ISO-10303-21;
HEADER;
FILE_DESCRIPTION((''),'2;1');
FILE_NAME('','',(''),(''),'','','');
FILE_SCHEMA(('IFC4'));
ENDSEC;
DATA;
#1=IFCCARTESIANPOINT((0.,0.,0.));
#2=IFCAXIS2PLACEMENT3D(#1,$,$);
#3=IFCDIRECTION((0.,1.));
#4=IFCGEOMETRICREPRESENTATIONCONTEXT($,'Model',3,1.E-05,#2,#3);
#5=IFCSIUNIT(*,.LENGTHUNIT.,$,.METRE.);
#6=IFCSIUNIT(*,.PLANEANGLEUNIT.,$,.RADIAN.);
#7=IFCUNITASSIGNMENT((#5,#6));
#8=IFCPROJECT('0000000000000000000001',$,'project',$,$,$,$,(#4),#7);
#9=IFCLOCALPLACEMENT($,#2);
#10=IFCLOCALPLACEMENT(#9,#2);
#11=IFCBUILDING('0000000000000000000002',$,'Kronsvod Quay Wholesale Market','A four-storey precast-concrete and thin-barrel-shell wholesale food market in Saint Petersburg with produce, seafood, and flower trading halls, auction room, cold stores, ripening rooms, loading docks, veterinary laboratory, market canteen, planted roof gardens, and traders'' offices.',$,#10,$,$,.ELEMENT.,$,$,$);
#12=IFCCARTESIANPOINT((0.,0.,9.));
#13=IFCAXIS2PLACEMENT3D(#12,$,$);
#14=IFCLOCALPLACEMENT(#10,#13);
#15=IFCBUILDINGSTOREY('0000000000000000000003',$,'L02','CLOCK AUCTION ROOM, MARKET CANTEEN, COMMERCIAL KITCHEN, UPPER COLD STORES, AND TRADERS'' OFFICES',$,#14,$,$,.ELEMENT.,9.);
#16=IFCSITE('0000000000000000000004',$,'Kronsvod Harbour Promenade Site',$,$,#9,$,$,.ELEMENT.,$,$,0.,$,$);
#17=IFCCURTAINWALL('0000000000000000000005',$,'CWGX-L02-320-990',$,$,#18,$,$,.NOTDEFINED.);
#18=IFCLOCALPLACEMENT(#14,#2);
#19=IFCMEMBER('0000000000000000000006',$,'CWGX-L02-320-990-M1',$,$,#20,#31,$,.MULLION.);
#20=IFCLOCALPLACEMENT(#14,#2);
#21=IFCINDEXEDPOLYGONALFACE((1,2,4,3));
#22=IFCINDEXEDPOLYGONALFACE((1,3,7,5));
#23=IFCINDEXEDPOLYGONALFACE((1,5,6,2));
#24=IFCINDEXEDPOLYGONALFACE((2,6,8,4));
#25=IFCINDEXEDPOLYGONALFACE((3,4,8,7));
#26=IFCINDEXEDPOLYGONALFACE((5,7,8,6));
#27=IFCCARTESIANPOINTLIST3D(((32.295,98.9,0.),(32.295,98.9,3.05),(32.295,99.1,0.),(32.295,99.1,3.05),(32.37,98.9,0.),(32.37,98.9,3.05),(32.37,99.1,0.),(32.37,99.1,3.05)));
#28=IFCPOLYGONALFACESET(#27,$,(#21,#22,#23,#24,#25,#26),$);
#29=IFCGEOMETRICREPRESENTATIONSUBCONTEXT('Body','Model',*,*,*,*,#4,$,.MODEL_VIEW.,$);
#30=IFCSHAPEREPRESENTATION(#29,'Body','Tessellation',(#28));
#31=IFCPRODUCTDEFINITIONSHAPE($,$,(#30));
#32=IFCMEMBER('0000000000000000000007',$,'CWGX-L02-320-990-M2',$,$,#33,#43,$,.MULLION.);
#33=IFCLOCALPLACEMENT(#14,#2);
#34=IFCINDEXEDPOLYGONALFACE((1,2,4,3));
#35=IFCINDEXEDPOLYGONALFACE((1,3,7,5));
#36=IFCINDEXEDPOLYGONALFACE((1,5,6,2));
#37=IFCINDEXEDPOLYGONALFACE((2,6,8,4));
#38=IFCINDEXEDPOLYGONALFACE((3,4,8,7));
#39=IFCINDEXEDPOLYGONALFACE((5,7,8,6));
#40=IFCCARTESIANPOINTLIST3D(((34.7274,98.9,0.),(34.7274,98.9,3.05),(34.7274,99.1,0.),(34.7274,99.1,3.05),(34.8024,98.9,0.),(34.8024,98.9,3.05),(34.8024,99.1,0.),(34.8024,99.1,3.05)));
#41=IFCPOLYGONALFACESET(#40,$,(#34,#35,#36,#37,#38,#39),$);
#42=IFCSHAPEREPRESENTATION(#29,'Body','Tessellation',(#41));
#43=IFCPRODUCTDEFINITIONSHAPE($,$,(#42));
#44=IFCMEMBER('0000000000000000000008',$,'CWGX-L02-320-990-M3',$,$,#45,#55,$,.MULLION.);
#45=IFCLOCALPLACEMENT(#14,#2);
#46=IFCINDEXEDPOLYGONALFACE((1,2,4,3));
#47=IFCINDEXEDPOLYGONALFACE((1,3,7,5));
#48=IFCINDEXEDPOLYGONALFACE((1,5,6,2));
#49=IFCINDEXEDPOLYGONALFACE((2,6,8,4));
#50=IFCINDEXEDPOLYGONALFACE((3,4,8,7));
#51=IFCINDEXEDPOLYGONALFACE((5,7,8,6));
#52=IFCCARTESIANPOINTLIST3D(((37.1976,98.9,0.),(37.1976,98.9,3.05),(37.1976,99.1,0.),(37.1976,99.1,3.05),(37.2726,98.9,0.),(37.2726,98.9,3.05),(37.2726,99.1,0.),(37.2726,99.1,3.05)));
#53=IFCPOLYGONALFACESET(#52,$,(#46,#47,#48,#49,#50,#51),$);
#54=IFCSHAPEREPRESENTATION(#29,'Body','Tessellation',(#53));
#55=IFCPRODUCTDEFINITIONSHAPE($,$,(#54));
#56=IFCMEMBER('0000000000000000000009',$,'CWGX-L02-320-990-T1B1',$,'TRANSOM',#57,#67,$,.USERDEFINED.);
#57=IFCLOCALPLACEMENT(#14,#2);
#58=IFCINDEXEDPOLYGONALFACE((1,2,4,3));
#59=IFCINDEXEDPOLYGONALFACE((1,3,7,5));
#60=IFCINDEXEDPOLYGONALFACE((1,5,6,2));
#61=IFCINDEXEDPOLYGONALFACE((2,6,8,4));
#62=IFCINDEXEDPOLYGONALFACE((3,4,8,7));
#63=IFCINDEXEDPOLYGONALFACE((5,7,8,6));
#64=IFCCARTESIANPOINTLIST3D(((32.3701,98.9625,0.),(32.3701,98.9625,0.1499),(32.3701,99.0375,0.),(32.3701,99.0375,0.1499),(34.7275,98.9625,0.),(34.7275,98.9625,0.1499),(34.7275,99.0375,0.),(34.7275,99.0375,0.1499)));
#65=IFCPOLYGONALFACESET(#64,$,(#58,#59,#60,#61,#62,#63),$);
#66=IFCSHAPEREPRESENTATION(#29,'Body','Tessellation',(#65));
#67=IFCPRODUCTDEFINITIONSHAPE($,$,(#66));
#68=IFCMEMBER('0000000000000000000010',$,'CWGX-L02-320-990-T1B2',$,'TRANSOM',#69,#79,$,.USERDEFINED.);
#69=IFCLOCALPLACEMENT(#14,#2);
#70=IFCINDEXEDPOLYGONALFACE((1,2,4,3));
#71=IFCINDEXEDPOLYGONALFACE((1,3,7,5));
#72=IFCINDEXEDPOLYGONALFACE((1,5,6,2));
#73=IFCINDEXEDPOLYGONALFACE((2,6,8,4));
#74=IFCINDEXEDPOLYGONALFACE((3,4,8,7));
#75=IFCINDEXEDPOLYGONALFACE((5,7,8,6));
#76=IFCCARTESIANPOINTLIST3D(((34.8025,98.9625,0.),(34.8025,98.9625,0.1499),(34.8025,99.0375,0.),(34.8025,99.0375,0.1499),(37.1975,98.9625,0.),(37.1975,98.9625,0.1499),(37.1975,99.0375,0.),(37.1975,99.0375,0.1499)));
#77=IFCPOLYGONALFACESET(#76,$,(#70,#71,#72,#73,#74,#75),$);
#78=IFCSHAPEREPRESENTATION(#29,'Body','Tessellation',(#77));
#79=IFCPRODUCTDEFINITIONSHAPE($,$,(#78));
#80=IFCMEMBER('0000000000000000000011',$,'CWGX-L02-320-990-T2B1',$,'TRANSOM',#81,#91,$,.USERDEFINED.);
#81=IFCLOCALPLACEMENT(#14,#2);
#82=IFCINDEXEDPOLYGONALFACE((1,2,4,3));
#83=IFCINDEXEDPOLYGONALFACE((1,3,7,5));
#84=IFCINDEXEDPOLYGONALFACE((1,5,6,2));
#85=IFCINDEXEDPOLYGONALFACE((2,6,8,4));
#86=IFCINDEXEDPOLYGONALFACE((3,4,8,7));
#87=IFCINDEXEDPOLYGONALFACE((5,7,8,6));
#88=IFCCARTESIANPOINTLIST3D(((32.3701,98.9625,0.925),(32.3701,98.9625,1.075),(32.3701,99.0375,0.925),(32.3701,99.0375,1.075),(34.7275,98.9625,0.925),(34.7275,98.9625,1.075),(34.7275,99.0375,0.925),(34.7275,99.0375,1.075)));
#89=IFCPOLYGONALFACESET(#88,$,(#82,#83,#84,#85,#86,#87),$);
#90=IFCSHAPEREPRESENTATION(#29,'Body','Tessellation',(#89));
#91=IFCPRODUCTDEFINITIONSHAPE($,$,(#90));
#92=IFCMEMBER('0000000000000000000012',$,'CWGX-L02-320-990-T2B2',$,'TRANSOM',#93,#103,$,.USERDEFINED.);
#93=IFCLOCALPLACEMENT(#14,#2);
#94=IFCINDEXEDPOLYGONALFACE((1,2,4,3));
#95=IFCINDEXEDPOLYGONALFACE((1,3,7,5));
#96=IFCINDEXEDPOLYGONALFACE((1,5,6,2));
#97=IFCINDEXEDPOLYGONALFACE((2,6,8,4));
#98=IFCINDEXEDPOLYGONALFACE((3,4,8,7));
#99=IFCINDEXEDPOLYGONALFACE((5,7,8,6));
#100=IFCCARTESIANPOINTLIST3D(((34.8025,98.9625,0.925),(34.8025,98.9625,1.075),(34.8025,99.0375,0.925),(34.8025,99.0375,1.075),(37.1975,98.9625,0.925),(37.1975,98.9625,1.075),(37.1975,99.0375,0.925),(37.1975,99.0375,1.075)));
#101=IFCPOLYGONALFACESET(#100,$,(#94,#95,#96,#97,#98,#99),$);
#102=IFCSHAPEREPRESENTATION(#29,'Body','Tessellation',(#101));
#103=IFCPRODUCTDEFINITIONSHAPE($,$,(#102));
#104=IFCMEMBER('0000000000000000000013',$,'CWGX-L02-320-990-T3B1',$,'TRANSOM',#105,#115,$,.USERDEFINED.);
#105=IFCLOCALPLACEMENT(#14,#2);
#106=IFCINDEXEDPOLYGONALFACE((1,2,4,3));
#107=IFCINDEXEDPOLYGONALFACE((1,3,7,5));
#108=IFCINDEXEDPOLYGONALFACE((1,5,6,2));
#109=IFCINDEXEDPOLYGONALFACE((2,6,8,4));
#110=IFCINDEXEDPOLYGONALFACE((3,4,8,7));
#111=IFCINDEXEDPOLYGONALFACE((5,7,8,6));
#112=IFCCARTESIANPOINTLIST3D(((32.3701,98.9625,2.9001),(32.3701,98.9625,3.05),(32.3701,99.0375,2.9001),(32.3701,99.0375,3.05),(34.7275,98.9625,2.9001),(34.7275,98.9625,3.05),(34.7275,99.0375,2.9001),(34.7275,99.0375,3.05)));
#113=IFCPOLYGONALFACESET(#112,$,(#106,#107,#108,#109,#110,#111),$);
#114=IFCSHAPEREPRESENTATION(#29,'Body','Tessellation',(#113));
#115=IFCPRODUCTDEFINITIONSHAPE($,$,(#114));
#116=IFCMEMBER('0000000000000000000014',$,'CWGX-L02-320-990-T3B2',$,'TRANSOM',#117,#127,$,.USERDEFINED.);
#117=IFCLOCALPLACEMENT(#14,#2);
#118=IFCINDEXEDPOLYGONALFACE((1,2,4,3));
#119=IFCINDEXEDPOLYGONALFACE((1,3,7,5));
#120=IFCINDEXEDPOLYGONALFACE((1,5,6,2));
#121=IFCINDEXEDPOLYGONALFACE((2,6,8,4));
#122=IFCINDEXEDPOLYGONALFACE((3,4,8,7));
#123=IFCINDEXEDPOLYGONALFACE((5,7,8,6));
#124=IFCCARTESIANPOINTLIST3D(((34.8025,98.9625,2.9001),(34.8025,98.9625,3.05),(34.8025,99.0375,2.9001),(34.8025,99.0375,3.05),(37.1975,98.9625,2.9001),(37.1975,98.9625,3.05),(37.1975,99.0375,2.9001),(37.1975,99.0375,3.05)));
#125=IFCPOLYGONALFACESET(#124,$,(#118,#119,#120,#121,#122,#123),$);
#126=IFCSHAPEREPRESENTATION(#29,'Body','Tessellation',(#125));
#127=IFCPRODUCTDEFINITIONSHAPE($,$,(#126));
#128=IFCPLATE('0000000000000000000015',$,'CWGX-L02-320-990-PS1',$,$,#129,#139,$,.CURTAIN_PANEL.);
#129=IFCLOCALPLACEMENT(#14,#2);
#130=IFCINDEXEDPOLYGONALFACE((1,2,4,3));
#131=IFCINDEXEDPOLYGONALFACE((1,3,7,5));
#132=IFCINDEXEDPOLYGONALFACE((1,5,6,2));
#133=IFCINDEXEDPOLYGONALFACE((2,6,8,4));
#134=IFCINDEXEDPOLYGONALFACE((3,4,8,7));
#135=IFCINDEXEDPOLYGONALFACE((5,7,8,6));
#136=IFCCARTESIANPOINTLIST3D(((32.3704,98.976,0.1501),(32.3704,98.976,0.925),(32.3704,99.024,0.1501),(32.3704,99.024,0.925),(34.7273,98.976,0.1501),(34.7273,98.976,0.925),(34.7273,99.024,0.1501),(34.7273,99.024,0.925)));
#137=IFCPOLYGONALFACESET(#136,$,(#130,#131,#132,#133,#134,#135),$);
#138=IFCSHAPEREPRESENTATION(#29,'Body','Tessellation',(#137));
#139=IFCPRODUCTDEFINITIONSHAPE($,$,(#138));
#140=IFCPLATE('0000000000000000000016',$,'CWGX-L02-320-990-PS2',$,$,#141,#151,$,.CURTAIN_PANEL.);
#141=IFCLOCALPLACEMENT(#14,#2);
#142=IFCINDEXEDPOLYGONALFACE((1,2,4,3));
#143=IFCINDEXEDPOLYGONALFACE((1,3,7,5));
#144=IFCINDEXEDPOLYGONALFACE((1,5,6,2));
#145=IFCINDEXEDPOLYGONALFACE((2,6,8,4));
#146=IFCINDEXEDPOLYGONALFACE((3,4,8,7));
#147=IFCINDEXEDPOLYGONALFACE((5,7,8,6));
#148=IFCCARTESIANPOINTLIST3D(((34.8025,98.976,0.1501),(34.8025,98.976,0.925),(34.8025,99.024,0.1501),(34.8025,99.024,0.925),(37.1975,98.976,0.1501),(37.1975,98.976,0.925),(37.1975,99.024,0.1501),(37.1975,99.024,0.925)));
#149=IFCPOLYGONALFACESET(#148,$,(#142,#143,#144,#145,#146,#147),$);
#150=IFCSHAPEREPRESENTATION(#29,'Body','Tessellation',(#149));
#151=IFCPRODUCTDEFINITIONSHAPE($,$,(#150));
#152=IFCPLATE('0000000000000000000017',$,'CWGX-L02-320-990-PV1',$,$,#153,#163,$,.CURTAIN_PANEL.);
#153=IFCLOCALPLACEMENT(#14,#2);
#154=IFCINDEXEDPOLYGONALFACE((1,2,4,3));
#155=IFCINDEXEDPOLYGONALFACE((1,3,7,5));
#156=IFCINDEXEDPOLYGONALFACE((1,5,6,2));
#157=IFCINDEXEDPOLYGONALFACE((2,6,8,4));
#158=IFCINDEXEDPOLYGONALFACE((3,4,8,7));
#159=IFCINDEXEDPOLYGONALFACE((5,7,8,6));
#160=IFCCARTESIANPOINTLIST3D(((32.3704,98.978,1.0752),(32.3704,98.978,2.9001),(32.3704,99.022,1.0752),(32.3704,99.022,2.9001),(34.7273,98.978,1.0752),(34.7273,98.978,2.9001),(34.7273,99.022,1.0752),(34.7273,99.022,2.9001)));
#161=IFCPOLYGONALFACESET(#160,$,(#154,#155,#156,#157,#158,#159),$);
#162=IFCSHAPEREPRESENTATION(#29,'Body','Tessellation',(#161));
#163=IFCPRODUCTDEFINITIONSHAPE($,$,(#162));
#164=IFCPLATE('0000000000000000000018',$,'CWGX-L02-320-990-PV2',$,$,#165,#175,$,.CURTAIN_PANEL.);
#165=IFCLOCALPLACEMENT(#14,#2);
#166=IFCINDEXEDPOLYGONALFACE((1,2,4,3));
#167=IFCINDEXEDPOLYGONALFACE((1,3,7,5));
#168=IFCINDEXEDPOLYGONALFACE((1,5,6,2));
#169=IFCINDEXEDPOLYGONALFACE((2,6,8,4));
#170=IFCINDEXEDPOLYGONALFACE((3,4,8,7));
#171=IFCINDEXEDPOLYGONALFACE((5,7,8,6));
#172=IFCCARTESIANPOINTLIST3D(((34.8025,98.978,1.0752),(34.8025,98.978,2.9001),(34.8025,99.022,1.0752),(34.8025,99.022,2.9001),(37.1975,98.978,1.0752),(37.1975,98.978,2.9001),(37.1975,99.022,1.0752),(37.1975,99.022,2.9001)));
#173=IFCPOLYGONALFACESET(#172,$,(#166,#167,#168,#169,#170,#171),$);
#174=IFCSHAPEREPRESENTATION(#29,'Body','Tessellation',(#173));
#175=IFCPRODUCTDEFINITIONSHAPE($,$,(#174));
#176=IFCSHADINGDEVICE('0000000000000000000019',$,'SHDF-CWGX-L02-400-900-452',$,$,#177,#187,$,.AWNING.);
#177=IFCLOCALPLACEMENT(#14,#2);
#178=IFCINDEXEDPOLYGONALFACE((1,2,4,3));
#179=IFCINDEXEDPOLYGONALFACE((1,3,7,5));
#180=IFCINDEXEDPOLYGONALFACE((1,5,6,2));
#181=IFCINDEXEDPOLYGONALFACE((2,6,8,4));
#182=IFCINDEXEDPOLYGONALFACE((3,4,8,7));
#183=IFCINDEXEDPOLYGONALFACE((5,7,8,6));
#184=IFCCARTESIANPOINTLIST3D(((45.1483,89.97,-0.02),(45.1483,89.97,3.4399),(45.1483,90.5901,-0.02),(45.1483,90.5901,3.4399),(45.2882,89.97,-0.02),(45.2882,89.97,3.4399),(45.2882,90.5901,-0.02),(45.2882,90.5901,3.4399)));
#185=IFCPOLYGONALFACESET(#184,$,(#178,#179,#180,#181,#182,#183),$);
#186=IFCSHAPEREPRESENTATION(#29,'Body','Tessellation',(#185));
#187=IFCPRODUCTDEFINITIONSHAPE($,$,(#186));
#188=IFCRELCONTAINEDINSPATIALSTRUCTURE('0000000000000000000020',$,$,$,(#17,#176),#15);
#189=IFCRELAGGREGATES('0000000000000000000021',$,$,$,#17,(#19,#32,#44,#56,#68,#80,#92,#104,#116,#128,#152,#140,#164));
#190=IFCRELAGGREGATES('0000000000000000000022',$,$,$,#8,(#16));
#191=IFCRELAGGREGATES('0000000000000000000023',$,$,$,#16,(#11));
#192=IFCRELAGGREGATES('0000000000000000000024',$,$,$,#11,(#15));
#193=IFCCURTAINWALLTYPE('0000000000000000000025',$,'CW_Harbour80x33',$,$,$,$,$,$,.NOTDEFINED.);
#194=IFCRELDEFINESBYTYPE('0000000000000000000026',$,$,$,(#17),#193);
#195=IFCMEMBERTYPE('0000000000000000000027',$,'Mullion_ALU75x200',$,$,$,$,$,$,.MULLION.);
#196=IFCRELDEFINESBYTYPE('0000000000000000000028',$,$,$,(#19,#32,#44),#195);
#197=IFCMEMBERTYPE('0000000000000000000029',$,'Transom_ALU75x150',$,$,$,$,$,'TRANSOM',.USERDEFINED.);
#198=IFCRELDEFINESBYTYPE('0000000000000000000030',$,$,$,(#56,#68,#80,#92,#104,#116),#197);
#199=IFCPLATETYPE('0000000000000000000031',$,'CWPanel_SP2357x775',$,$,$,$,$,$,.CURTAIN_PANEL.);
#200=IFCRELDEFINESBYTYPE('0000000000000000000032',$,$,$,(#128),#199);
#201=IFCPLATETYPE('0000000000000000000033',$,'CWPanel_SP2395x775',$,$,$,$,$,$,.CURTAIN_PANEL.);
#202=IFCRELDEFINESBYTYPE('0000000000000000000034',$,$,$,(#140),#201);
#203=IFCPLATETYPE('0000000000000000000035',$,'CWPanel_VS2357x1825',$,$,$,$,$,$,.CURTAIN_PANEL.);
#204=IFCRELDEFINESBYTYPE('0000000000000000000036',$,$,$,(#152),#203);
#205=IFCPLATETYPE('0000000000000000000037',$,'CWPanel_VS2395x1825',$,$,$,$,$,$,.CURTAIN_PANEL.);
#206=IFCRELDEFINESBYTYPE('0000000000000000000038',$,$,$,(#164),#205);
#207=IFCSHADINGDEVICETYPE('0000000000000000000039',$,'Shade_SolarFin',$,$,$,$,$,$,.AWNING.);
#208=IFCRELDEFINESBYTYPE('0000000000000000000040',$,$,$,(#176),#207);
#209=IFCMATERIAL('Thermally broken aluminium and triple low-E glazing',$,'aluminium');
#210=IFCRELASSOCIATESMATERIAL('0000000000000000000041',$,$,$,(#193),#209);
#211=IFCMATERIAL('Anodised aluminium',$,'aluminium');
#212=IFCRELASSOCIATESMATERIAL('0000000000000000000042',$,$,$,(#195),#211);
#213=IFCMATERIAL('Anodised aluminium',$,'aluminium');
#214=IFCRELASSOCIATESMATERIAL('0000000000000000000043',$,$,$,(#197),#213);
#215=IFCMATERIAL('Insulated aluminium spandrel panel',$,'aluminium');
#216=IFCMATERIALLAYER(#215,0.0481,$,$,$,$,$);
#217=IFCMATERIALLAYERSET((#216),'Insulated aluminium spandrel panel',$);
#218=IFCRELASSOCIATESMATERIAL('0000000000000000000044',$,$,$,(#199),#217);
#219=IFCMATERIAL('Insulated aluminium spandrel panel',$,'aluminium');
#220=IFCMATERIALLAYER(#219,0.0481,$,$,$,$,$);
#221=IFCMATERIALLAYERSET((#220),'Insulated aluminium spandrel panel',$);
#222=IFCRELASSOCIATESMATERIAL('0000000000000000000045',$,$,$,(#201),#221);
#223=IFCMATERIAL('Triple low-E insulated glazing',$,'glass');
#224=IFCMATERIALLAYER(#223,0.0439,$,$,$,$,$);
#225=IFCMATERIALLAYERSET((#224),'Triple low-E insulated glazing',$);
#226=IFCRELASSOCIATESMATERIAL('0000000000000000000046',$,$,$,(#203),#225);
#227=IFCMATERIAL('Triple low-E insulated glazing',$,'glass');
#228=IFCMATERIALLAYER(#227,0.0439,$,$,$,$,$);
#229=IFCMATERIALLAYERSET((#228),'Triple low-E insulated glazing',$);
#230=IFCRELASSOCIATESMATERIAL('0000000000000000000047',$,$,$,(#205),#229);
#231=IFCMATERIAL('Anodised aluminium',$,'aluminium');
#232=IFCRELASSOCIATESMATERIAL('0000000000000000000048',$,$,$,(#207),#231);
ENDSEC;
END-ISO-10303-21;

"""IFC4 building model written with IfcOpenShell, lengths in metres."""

from ifc_helpers import new_model, si_unit, direction, frame, origin, origin_2d, place, context, subcontext, project, spatial, rectangle, extrude, material, layer, layer_set, material_profile, profile_set, type_object, element, aggregate, save


model = new_model("IFC4")

# Units and contexts
model_context = context("Model", 3, precision=1e-05, world=origin(), true_north=direction((0.0, 1.0)))
body_context = subcontext(model_context, "Body", "Model", "MODEL_VIEW")
ifc_project = project(units=[si_unit("LENGTHUNIT", "METRE"), si_unit("PLANEANGLEUNIT", "RADIAN")], contexts=[model_context])

# Site, building, storey
site_placement = place(None, origin())
site = spatial("IfcSite", under=ifc_project, at=site_placement, Name="Kronsvod Harbour Promenade Site", CompositionType="ELEMENT", RefElevation=0.0)
building_placement = place(site_placement, origin())
building = spatial("IfcBuilding", under=site, at=building_placement, Name="Kronsvod Quay Wholesale Market", Description="A four-storey precast-concrete and thin-barrel-shell wholesale food market in Saint Petersburg with produce, seafood, and flower trading halls, auction room, cold stores, ripening rooms, loading docks, veterinary laboratory, market canteen, planted roof gardens, and traders' offices.", CompositionType="ELEMENT")
storey_placement = place(building_placement, frame((0.0, 0.0, 9.0)))
storey = spatial("IfcBuildingStorey", under=building, at=storey_placement, Name="L02", Description="CLOCK AUCTION ROOM, MARKET CANTEEN, COMMERCIAL KITCHEN, UPPER COLD STORES, AND TRADERS' OFFICES", CompositionType="ELEMENT", Elevation=9.0)

# Curtain wall, members, plates
ifc_material_1 = material(Name="Thermally broken aluminium and triple low-E glazing", Category="aluminium")
curtain_wall_type = type_object("IfcCurtainWallType", Name="CW_Harbour80x33", PredefinedType="NOTDEFINED", material=ifc_material_1)
curtain_wall_placement = place(storey_placement, origin())
curtain_wall = element("IfcCurtainWall", 1, at=curtain_wall_placement, inside=storey, type_object=curtain_wall_type, Name="CWGX-L02-320-990", PredefinedType="NOTDEFINED")
ifc_material_2 = material(Name="Anodised aluminium", Category="aluminium")
ifc_material_profile_1 = material_profile(ifc_material_2, rectangle(XDim=0.075, YDim=0.2, at=origin_2d()), Name="ALUM75x200")
ifc_profile_set_1 = profile_set([ifc_material_profile_1], Name="Anodised aluminium")
member_type_1 = type_object("IfcMemberType", Name="Mullion_ALU75x200", PredefinedType="MULLION", material=ifc_profile_set_1)
member_1_placement = place(storey_placement, frame((32.3325, 99.0, 0.0), z_axis=(0.0, 0.0, 1.0), x_axis=(1.0, 0.0, 0.0)))
member_1 = element("IfcMember", 2, at=member_1_placement, type_object=member_type_1, Name="CWGX-L02-320-990-M1", PredefinedType="MULLION", context=body_context, shape_type="SweptSolid", body=[
    extrude(rectangle(XDim=0.075, YDim=0.2, at=origin_2d()), origin(), (0.0, 0.0, 1.0), 3.05),
])
member_2_placement = place(storey_placement, frame((34.7649, 99.0, 0.0), z_axis=(0.0, 0.0, 1.0), x_axis=(1.0, 0.0, 0.0)))
member_2 = element("IfcMember", 3, at=member_2_placement, type_object=member_type_1, Name="CWGX-L02-320-990-M2", PredefinedType="MULLION", context=body_context, shape_type="SweptSolid", body=[
    extrude(rectangle(XDim=0.075, YDim=0.2, at=origin_2d()), origin(), (0.0, 0.0, 1.0), 3.05),
])
member_3_placement = place(storey_placement, frame((37.2351, 99.0, 0.0), z_axis=(0.0, 0.0, 1.0), x_axis=(1.0, 0.0, 0.0)))
member_3 = element("IfcMember", 4, at=member_3_placement, type_object=member_type_1, Name="CWGX-L02-320-990-M3", PredefinedType="MULLION", context=body_context, shape_type="SweptSolid", body=[
    extrude(rectangle(XDim=0.075, YDim=0.2, at=origin_2d()), origin(), (0.0, 0.0, 1.0), 3.05),
])
ifc_material_3 = material(Name="Anodised aluminium", Category="aluminium")
ifc_material_profile_2 = material_profile(ifc_material_3, rectangle(XDim=0.075, YDim=0.1499, at=origin_2d()), Name="ALUT75x150")
ifc_profile_set_2 = profile_set([ifc_material_profile_2], Name="Anodised aluminium")
member_type_2 = type_object("IfcMemberType", Name="Transom_ALU75x150", ElementType="TRANSOM", PredefinedType="USERDEFINED", material=ifc_profile_set_2)
member_4_placement = place(storey_placement, frame((32.3701, 99.0, 0.075), z_axis=(1.0, 0.0, 0.0), x_axis=(0.0, 1.0, 0.0)))
member_4 = element("IfcMember", 5, at=member_4_placement, type_object=member_type_2, Name="CWGX-L02-320-990-T1B1", ObjectType="TRANSOM", PredefinedType="USERDEFINED", context=body_context, shape_type="SweptSolid", body=[
    extrude(rectangle(XDim=0.075, YDim=0.1499, at=origin_2d()), origin(), (0.0, 0.0, 1.0), 2.3574),
])
member_5_placement = place(storey_placement, frame((34.8025, 99.0, 0.075), z_axis=(1.0, 0.0, 0.0), x_axis=(0.0, 1.0, 0.0)))
member_5 = element("IfcMember", 6, at=member_5_placement, type_object=member_type_2, Name="CWGX-L02-320-990-T1B2", ObjectType="TRANSOM", PredefinedType="USERDEFINED", context=body_context, shape_type="SweptSolid", body=[
    extrude(rectangle(XDim=0.075, YDim=0.1499, at=origin_2d()), origin(), (0.0, 0.0, 1.0), 2.395),
])
member_6_placement = place(storey_placement, frame((32.3701, 99.0, 1.0), z_axis=(1.0, 0.0, 0.0), x_axis=(0.0, 1.0, 0.0)))
member_6 = element("IfcMember", 7, at=member_6_placement, type_object=member_type_2, Name="CWGX-L02-320-990-T2B1", ObjectType="TRANSOM", PredefinedType="USERDEFINED", context=body_context, shape_type="SweptSolid", body=[
    extrude(rectangle(XDim=0.075, YDim=0.1499, at=origin_2d()), origin(), (0.0, 0.0, 1.0), 2.3574),
])
member_7_placement = place(storey_placement, frame((34.8025, 99.0, 1.0), z_axis=(1.0, 0.0, 0.0), x_axis=(0.0, 1.0, 0.0)))
member_7 = element("IfcMember", 8, at=member_7_placement, type_object=member_type_2, Name="CWGX-L02-320-990-T2B2", ObjectType="TRANSOM", PredefinedType="USERDEFINED", context=body_context, shape_type="SweptSolid", body=[
    extrude(rectangle(XDim=0.075, YDim=0.1499, at=origin_2d()), origin(), (0.0, 0.0, 1.0), 2.395),
])
member_8_placement = place(storey_placement, frame((32.3701, 99.0, 2.9751), z_axis=(1.0, 0.0, 0.0), x_axis=(0.0, 1.0, 0.0)))
member_8 = element("IfcMember", 9, at=member_8_placement, type_object=member_type_2, Name="CWGX-L02-320-990-T3B1", ObjectType="TRANSOM", PredefinedType="USERDEFINED", context=body_context, shape_type="SweptSolid", body=[
    extrude(rectangle(XDim=0.075, YDim=0.1499, at=origin_2d()), origin(), (0.0, 0.0, 1.0), 2.3574),
])
member_9_placement = place(storey_placement, frame((34.8025, 99.0, 2.9751), z_axis=(1.0, 0.0, 0.0), x_axis=(0.0, 1.0, 0.0)))
member_9 = element("IfcMember", 10, at=member_9_placement, type_object=member_type_2, Name="CWGX-L02-320-990-T3B2", ObjectType="TRANSOM", PredefinedType="USERDEFINED", context=body_context, shape_type="SweptSolid", body=[
    extrude(rectangle(XDim=0.075, YDim=0.1499, at=origin_2d()), origin(), (0.0, 0.0, 1.0), 2.395),
])
ifc_material_4 = material(Name="Insulated aluminium spandrel panel", Category="aluminium")
ifc_layer_1 = layer(ifc_material_4, 0.0481)
ifc_layer_set_1 = layer_set([ifc_layer_1], Name="Insulated aluminium spandrel panel")
plate_type_1 = type_object("IfcPlateType", Name="CWPanel_SP2357x775", PredefinedType="CURTAIN_PANEL", material=ifc_layer_set_1)
plate_1_placement = place(storey_placement, frame((33.5488, 99.0, 0.1501), z_axis=(0.0, 0.0, 1.0), x_axis=(1.0, 0.0, 0.0)))
plate_1 = element("IfcPlate", 11, at=plate_1_placement, type_object=plate_type_1, Name="CWGX-L02-320-990-PS1", PredefinedType="CURTAIN_PANEL", context=body_context, shape_type="SweptSolid", body=[
    extrude(rectangle(XDim=2.3569, YDim=0.0481, at=origin_2d()), origin(), (0.0, 0.0, 1.0), 0.7749),
])
ifc_material_5 = material(Name="Insulated aluminium spandrel panel", Category="aluminium")
ifc_layer_2 = layer(ifc_material_5, 0.0481)
ifc_layer_set_2 = layer_set([ifc_layer_2], Name="Insulated aluminium spandrel panel")
plate_type_2 = type_object("IfcPlateType", Name="CWPanel_SP2395x775", PredefinedType="CURTAIN_PANEL", material=ifc_layer_set_2)
plate_2_placement = place(storey_placement, frame((36.0, 99.0, 0.1501), z_axis=(0.0, 0.0, 1.0), x_axis=(1.0, 0.0, 0.0)))
plate_2 = element("IfcPlate", 12, at=plate_2_placement, type_object=plate_type_2, Name="CWGX-L02-320-990-PS2", PredefinedType="CURTAIN_PANEL", context=body_context, shape_type="SweptSolid", body=[
    extrude(rectangle(XDim=2.395, YDim=0.0481, at=origin_2d()), origin(), (0.0, 0.0, 1.0), 0.7749),
])
ifc_material_6 = material(Name="Triple low-E insulated glazing", Category="glass")
ifc_layer_3 = layer(ifc_material_6, 0.0439)
ifc_layer_set_3 = layer_set([ifc_layer_3], Name="Triple low-E insulated glazing")
plate_type_3 = type_object("IfcPlateType", Name="CWPanel_VS2357x1825", PredefinedType="CURTAIN_PANEL", material=ifc_layer_set_3)
plate_3_placement = place(storey_placement, frame((33.5488, 99.0, 1.0752), z_axis=(0.0, 0.0, 1.0), x_axis=(1.0, 0.0, 0.0)))
plate_3 = element("IfcPlate", 13, at=plate_3_placement, type_object=plate_type_3, Name="CWGX-L02-320-990-PV1", PredefinedType="CURTAIN_PANEL", context=body_context, shape_type="SweptSolid", body=[
    extrude(rectangle(XDim=2.3569, YDim=0.0439, at=origin_2d()), origin(), (0.0, 0.0, 1.0), 1.825),
])
ifc_material_7 = material(Name="Triple low-E insulated glazing", Category="glass")
ifc_layer_4 = layer(ifc_material_7, 0.0439)
ifc_layer_set_4 = layer_set([ifc_layer_4], Name="Triple low-E insulated glazing")
plate_type_4 = type_object("IfcPlateType", Name="CWPanel_VS2395x1825", PredefinedType="CURTAIN_PANEL", material=ifc_layer_set_4)
plate_4_placement = place(storey_placement, frame((36.0, 99.0, 1.0752), z_axis=(0.0, 0.0, 1.0), x_axis=(1.0, 0.0, 0.0)))
plate_4 = element("IfcPlate", 14, at=plate_4_placement, type_object=plate_type_4, Name="CWGX-L02-320-990-PV2", PredefinedType="CURTAIN_PANEL", context=body_context, shape_type="SweptSolid", body=[
    extrude(rectangle(XDim=2.395, YDim=0.0439, at=origin_2d()), origin(), (0.0, 0.0, 1.0), 1.825),
])
aggregate(curtain_wall, [member_1, member_2, member_3, member_4, member_5, member_6, member_7, member_8, member_9, plate_1, plate_3, plate_2, plate_4])

# Shading device
ifc_material_8 = material(Name="Anodised aluminium", Category="aluminium")
shading_device_type_1 = type_object("IfcShadingDeviceType", Name="Shade_SolarFin", PredefinedType="AWNING", material=ifc_material_8)
shading_device_1_placement = place(storey_placement, frame((45.2183, 90.28, -0.02), z_axis=(0.0, 0.0, 1.0), x_axis=(1.0, 0.0, 0.0)))
element("IfcShadingDevice", 15, at=shading_device_1_placement, inside=storey, type_object=shading_device_type_1, Name="SHDF-CWGX-L02-400-900-452", PredefinedType="AWNING", context=body_context, shape_type="SweptSolid", body=[
    extrude(rectangle(XDim=0.1399, YDim=0.6201, at=origin_2d()), origin(), (0.0, 0.0, 1.0), 3.46),
])

save(model, "model.ifc")
